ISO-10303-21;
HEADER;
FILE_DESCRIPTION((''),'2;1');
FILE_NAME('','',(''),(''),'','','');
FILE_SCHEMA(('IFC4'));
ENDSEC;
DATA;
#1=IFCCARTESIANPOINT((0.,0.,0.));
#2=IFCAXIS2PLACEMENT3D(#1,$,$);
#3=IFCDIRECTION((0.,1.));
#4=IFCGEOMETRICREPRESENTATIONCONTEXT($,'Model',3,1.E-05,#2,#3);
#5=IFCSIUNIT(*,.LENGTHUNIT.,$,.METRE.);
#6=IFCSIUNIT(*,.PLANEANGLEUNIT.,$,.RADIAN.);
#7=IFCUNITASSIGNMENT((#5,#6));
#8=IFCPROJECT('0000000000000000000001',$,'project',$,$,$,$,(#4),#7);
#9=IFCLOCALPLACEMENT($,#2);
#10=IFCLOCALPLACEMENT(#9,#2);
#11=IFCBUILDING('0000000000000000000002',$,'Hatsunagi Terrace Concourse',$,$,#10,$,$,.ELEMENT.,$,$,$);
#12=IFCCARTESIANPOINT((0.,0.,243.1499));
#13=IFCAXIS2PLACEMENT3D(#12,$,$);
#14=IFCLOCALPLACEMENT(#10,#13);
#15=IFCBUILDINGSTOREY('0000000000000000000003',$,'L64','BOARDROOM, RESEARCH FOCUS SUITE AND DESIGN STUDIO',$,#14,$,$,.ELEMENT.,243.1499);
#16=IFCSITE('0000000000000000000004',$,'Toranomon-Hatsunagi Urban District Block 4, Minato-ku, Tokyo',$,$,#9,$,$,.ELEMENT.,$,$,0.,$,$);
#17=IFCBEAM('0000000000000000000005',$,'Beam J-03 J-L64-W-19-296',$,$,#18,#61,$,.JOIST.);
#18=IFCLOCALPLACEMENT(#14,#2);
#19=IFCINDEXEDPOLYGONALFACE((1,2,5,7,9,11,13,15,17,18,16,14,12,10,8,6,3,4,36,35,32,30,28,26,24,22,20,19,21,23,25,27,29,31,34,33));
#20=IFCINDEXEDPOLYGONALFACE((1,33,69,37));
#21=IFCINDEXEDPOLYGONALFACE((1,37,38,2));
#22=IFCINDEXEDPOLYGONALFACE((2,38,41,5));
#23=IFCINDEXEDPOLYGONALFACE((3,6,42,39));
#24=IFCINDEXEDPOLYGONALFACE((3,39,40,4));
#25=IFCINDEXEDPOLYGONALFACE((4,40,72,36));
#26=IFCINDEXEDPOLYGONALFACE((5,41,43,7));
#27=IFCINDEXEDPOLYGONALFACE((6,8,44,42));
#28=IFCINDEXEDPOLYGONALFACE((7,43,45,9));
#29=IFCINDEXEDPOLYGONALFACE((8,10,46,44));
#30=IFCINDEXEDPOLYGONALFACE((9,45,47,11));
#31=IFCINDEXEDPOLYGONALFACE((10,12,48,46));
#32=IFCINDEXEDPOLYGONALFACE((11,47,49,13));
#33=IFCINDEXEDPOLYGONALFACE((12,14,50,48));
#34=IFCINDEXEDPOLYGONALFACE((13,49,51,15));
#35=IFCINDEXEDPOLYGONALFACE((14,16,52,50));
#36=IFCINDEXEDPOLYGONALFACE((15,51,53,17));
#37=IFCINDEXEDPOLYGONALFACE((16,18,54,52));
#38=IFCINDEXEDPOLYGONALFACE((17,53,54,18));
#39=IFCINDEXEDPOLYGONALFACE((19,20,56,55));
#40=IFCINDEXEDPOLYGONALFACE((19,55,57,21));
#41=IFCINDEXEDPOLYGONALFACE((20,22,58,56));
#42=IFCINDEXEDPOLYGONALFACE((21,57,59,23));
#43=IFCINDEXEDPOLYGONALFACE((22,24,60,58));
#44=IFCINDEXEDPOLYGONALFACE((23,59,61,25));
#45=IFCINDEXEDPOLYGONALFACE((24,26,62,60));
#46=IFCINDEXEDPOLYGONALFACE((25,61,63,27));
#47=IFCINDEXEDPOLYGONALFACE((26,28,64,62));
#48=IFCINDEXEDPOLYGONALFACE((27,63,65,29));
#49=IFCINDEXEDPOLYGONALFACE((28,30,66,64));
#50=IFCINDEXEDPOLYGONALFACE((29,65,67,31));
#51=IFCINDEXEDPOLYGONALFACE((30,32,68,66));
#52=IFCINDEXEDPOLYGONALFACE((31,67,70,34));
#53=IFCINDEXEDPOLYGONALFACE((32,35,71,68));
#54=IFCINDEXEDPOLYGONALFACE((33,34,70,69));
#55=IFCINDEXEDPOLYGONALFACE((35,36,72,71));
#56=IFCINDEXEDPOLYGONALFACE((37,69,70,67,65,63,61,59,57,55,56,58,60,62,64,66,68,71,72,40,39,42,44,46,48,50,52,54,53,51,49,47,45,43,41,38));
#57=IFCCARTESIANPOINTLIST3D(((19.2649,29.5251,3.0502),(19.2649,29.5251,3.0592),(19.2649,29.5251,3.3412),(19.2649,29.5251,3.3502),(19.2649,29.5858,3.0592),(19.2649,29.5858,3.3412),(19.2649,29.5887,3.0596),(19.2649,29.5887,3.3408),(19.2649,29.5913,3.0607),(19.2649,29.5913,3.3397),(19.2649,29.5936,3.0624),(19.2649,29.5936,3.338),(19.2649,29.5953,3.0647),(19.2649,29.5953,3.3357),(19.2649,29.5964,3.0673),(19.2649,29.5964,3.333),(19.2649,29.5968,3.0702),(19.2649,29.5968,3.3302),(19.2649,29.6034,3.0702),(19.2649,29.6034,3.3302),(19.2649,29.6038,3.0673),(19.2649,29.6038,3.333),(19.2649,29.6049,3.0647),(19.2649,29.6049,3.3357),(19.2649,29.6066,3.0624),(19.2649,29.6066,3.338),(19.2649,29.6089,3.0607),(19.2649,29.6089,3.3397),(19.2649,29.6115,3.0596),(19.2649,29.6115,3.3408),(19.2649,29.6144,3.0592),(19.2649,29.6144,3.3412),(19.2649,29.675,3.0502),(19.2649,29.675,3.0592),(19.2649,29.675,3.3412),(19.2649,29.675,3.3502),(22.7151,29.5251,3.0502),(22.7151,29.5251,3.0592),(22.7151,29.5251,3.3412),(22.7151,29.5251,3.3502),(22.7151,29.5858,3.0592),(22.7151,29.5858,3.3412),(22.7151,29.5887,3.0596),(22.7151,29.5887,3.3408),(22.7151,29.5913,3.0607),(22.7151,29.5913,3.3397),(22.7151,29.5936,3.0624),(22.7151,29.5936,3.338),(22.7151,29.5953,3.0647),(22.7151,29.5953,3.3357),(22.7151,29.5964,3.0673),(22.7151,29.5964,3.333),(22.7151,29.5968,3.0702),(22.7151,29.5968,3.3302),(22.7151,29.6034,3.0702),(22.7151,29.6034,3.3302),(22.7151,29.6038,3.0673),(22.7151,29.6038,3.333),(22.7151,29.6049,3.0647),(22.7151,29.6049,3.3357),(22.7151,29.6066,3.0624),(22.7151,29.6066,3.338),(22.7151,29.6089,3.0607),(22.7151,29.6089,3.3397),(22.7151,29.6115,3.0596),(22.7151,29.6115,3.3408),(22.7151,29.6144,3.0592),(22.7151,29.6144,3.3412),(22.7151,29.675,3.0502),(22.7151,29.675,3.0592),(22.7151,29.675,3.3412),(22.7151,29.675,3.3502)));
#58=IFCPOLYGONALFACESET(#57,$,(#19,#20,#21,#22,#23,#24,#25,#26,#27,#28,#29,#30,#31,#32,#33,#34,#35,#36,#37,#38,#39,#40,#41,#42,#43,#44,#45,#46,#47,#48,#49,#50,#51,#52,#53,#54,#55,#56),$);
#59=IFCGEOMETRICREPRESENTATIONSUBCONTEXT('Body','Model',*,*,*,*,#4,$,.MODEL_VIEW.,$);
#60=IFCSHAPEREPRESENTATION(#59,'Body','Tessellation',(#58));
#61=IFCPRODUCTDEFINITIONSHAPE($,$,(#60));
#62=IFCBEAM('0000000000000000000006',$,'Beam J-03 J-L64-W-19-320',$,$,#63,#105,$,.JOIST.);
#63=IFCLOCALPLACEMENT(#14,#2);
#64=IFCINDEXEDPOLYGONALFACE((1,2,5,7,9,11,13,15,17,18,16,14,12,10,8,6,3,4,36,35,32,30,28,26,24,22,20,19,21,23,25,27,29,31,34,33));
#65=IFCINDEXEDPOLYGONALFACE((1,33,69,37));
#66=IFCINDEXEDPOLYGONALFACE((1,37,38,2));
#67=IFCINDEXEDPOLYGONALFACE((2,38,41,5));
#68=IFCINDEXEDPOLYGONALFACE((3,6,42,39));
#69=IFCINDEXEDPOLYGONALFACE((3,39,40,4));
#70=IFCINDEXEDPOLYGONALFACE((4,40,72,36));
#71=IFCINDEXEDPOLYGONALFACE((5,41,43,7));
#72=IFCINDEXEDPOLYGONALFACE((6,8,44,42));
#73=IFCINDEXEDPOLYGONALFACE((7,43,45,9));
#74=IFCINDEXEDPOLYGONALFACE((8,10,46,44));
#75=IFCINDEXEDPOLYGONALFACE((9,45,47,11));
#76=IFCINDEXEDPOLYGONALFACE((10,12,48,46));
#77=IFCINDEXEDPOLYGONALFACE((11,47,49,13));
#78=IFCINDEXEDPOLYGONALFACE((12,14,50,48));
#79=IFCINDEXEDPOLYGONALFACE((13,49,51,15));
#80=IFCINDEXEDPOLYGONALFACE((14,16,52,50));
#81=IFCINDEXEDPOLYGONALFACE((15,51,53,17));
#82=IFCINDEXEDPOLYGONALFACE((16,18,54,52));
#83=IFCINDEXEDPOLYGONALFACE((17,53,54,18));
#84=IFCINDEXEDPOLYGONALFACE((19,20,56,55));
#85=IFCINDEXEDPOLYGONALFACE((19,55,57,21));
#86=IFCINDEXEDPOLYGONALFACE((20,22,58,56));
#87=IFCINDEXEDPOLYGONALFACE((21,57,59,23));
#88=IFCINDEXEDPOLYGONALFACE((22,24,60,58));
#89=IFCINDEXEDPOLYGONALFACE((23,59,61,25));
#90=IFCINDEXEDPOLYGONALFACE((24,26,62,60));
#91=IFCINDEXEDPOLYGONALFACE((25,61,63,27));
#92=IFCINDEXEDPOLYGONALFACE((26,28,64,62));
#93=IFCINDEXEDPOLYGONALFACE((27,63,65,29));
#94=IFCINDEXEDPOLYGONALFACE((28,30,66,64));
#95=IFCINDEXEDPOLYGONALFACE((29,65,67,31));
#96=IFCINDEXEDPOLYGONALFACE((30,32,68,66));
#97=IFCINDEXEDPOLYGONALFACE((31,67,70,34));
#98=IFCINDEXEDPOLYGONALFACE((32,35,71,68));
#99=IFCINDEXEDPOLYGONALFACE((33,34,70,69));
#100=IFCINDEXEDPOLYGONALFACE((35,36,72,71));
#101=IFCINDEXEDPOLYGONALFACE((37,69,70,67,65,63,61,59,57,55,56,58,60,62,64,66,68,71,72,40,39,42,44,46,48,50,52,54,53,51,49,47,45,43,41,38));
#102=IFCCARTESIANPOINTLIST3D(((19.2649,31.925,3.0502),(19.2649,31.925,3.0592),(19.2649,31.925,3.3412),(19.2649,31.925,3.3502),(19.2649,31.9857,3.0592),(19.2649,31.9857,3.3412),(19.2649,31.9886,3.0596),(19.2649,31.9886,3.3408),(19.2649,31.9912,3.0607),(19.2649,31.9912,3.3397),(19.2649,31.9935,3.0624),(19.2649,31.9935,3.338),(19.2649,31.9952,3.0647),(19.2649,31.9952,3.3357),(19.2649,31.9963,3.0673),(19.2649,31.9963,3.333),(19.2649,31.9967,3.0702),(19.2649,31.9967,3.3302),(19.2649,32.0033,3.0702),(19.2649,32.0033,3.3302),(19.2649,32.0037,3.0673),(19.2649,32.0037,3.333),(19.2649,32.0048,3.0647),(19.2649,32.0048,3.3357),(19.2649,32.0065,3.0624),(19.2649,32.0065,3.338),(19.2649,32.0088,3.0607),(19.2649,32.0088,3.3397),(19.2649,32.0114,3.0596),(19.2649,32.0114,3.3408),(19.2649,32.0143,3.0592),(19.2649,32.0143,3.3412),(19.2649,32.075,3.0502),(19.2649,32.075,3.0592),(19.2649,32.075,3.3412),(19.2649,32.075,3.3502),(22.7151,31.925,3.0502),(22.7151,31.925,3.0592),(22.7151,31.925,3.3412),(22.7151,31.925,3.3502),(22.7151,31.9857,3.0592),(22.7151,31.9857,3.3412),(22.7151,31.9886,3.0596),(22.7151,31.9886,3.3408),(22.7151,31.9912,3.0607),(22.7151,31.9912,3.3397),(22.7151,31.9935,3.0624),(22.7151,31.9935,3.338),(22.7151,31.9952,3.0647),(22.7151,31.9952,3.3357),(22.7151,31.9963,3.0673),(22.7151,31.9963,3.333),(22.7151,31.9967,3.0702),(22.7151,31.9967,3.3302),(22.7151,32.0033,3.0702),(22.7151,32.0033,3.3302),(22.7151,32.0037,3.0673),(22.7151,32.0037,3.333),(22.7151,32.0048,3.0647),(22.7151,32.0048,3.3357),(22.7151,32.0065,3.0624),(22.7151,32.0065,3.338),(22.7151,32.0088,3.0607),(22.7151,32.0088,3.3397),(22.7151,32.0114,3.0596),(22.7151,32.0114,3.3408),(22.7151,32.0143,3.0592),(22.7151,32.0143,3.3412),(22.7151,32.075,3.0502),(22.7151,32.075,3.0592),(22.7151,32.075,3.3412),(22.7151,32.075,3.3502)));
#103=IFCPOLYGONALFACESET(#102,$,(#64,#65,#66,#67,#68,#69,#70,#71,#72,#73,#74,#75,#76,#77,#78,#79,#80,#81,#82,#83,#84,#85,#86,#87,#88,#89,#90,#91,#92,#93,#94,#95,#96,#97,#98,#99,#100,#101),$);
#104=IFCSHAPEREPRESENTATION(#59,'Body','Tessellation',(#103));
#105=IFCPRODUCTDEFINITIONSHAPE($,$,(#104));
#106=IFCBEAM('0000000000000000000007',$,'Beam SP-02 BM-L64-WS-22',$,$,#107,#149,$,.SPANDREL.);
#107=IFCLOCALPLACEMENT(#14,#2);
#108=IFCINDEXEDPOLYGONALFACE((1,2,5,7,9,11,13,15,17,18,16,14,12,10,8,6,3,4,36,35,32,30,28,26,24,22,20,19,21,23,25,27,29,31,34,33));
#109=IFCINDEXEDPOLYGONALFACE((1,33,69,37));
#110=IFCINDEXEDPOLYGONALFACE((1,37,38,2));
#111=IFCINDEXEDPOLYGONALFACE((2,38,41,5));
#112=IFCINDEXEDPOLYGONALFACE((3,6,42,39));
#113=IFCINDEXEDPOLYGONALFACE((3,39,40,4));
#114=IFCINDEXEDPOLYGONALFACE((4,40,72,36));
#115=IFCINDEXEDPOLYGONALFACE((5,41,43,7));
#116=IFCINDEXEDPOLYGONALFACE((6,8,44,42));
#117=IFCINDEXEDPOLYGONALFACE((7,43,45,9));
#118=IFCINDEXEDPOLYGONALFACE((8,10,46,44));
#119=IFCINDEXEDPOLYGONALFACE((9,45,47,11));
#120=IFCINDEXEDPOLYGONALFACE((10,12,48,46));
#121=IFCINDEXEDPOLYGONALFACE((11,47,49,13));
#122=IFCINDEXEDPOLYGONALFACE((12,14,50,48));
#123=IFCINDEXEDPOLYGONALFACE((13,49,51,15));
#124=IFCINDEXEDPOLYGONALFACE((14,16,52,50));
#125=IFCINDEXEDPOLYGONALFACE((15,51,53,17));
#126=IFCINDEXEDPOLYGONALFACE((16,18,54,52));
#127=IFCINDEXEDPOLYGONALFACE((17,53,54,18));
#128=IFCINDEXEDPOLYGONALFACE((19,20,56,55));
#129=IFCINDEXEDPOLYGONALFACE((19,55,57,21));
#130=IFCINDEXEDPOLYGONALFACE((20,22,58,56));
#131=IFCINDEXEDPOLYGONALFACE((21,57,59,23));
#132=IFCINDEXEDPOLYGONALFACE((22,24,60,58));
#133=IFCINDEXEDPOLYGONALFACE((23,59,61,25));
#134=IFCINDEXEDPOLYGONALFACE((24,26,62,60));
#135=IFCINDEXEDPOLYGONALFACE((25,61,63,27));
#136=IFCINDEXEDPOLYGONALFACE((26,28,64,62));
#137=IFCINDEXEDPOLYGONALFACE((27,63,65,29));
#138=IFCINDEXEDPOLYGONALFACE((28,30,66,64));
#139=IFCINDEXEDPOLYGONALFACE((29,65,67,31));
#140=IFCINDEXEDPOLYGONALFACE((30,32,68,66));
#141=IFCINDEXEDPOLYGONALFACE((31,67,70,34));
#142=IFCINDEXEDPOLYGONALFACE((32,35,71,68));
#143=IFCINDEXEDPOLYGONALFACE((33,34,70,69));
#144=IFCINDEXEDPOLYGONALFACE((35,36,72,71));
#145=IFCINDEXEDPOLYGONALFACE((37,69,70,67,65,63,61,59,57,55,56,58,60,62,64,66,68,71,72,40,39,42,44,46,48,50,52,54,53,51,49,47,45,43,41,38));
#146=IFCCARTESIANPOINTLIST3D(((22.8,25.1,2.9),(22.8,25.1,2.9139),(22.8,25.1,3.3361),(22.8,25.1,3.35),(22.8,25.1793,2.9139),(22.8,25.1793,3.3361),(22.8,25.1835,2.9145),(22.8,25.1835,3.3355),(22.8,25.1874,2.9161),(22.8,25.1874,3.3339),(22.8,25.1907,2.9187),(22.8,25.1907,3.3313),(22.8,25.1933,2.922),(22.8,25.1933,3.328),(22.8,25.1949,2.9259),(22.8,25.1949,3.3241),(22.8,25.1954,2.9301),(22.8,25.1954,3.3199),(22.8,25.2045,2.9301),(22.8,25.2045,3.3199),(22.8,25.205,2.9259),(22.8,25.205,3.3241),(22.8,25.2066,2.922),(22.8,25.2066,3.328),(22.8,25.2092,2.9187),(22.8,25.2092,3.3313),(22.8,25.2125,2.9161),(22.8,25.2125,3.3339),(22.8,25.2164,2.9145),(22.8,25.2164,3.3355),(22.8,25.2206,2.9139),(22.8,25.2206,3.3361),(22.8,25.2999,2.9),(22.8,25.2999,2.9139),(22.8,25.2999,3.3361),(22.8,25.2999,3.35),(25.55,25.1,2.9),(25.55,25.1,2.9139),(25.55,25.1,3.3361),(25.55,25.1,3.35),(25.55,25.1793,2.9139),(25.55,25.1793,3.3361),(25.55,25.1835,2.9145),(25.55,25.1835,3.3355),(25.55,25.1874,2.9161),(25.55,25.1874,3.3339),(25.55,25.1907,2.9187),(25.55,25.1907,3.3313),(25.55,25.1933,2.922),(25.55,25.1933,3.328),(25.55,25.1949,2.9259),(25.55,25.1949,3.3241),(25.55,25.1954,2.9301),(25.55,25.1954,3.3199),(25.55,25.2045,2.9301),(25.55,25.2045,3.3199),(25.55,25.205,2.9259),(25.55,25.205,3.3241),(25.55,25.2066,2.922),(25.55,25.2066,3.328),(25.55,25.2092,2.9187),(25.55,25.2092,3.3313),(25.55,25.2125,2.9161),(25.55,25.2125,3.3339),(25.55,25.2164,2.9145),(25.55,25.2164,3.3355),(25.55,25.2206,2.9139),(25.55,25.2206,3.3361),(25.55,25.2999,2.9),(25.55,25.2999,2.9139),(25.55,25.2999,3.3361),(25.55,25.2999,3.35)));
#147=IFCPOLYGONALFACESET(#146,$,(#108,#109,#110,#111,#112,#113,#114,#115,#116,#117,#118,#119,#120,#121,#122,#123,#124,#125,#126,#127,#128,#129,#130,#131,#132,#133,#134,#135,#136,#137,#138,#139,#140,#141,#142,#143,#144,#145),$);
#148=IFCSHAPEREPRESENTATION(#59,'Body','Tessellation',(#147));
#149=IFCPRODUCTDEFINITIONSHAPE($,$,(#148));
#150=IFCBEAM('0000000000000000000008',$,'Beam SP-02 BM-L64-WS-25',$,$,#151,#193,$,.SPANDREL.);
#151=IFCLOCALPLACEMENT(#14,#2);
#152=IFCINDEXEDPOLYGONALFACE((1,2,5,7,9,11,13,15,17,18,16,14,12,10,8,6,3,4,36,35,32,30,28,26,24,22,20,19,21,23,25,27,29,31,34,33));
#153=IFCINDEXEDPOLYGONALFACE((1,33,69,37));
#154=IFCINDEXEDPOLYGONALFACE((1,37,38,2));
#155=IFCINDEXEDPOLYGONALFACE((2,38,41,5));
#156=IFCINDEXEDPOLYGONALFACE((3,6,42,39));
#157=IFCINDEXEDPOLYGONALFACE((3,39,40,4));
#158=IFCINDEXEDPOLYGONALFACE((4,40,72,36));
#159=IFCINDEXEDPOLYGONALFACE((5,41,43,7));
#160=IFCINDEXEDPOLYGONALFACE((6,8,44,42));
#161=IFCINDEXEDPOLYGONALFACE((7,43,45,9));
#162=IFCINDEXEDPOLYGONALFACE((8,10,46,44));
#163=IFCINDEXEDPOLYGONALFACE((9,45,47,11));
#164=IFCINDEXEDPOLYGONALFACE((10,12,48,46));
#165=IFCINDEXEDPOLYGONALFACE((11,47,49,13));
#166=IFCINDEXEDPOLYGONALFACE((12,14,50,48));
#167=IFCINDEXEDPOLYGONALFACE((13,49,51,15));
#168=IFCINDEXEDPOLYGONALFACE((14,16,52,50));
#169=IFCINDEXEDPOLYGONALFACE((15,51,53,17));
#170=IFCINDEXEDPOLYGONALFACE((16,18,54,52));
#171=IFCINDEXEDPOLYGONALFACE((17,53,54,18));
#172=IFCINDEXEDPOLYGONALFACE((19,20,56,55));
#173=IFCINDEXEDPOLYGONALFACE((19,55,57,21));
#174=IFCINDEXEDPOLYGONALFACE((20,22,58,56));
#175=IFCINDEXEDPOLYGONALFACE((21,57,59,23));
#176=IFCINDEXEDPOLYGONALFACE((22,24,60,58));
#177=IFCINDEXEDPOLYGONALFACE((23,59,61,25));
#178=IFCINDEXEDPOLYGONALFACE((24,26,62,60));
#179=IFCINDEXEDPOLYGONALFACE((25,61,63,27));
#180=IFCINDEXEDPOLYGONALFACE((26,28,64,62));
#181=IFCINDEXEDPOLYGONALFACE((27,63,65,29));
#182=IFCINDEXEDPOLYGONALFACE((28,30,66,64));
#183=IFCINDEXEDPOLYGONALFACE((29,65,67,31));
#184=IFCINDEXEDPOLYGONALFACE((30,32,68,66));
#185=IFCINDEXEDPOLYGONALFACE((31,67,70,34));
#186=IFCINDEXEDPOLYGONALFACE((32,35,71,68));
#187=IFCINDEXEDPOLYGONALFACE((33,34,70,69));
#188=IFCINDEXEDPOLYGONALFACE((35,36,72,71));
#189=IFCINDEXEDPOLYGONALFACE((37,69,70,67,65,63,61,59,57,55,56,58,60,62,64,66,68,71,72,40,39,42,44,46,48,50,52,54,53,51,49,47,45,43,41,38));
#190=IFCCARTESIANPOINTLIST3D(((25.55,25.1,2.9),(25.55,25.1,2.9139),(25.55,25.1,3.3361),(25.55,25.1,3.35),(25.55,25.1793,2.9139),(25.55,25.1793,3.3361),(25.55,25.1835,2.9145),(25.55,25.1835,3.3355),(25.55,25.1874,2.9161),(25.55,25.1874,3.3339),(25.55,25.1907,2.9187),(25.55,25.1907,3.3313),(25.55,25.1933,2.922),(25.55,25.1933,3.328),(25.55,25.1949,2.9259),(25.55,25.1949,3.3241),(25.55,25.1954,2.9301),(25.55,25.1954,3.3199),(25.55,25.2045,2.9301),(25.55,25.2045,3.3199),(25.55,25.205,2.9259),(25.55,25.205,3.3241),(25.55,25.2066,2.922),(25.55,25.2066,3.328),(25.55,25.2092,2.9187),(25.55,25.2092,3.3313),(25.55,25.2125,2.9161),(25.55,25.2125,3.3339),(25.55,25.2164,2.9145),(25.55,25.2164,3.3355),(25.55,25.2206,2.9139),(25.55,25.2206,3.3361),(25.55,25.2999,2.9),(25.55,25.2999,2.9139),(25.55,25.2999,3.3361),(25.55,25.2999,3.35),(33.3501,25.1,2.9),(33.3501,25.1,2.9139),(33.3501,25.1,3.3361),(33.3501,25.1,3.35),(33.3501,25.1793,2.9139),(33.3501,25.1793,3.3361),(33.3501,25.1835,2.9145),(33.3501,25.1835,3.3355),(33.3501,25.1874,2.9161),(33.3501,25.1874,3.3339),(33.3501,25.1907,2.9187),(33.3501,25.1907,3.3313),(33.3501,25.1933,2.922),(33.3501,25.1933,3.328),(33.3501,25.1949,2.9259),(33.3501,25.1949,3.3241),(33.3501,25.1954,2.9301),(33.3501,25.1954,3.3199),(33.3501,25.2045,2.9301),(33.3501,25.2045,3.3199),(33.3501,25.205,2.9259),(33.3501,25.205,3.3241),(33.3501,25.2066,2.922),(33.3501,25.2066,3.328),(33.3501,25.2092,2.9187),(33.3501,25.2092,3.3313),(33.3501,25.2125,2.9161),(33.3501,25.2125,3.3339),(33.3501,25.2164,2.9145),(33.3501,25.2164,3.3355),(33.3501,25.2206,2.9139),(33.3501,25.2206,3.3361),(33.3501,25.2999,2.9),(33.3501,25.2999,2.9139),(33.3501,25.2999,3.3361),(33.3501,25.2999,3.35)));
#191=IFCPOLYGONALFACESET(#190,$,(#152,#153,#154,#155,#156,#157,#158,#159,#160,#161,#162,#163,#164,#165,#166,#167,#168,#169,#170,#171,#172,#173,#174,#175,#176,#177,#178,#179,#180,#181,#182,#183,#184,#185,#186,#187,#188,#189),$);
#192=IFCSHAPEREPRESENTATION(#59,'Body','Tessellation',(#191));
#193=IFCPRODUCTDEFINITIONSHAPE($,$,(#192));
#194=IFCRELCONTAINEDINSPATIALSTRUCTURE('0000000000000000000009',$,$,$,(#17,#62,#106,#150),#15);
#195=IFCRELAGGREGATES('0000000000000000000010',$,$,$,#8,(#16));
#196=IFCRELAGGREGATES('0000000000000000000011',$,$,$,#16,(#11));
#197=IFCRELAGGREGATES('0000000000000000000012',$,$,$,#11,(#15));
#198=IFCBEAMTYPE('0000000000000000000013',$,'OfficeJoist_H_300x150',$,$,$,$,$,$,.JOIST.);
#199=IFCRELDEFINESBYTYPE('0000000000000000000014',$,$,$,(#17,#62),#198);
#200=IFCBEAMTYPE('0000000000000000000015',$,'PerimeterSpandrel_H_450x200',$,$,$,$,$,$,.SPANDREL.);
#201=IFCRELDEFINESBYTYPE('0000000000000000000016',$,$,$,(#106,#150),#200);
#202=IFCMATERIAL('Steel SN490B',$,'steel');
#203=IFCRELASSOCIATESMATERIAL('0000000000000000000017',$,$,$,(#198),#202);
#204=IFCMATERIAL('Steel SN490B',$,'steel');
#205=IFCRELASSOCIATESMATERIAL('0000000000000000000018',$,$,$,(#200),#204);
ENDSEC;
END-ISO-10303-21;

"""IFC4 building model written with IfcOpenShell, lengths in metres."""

from ifc_helpers import new_model, si_unit, direction, frame, origin, origin_2d, place, context, subcontext, project, spatial, i_section, extrude, material, material_profile, profile_set, type_object, element, save


model = new_model("IFC4")

# Units and contexts
model_context = context("Model", 3, precision=1e-05, world=origin(), true_north=direction((0.0, 1.0)))
body_context = subcontext(model_context, "Body", "Model", "MODEL_VIEW")
ifc_project = project(units=[si_unit("LENGTHUNIT", "METRE"), si_unit("PLANEANGLEUNIT", "RADIAN")], contexts=[model_context])

# Site, building, storey
site_placement = place(None, origin())
site = spatial("IfcSite", under=ifc_project, at=site_placement, Name="Toranomon-Hatsunagi Urban District Block 4, Minato-ku, Tokyo", CompositionType="ELEMENT", RefElevation=0.0)
building_placement = place(site_placement, origin())
building = spatial("IfcBuilding", under=site, at=building_placement, Name="Hatsunagi Terrace Concourse", CompositionType="ELEMENT")
storey_placement = place(building_placement, frame((0.0, 0.0, 243.1499)))
storey = spatial("IfcBuildingStorey", under=building, at=storey_placement, Name="L64", Description="BOARDROOM, RESEARCH FOCUS SUITE AND DESIGN STUDIO", CompositionType="ELEMENT", Elevation=243.1499)

# Beams
ifc_material_1 = material(Name="Steel SN490B", Category="steel")
ifc_material_profile_1 = material_profile(ifc_material_1, i_section(OverallWidth=0.1499, OverallDepth=0.3, WebThickness=0.0066, FlangeThickness=0.009, FilletRadius=0.011, at=origin_2d()), Name="H-300x150x6.5x9")
ifc_profile_set_1 = profile_set([ifc_material_profile_1], Name="Steel SN490B")
beam_type_1 = type_object("IfcBeamType", Name="OfficeJoist_H_300x150", PredefinedType="JOIST", material=ifc_profile_set_1)
for number, where, z_axis, x_axis, name in (
    (1, (19.2649, 29.6001, 3.2002), (1.0, 0.0, 0.0), (0.0, 1.0, 0.0), "Beam J-03 J-L64-W-19-296"),
    (2, (19.2649, 32.0, 3.2002), (1.0, 0.0, 0.0), (0.0, 1.0, 0.0), "Beam J-03 J-L64-W-19-320"),
):
    element("IfcBeam", number, at=place(storey_placement, frame(where, z_axis=z_axis, x_axis=x_axis)), inside=storey, type_object=beam_type_1, Name=name, PredefinedType="JOIST", context=body_context, shape_type="SweptSolid", body=[
        extrude(i_section(OverallWidth=0.1499, OverallDepth=0.3, WebThickness=0.0066, FlangeThickness=0.009, FilletRadius=0.011, at=origin_2d()), origin(), (0.0, 0.0, 1.0), 3.4502),
    ])
ifc_material_2 = material(Name="Steel SN490B", Category="steel")
ifc_material_profile_2 = material_profile(ifc_material_2, i_section(OverallWidth=0.2, OverallDepth=0.45, WebThickness=0.009, FlangeThickness=0.0139, FilletRadius=0.0161, at=origin_2d()), Name="H-450x200x9x14")
ifc_profile_set_2 = profile_set([ifc_material_profile_2], Name="Steel SN490B")
beam_type_2 = type_object("IfcBeamType", Name="PerimeterSpandrel_H_450x200", PredefinedType="SPANDREL", material=ifc_profile_set_2)
beam_1_placement = place(storey_placement, frame((22.8, 25.2, 3.125), z_axis=(1.0, 0.0, 0.0), x_axis=(0.0, 1.0, 0.0)))
element("IfcBeam", 3, at=beam_1_placement, inside=storey, type_object=beam_type_2, Name="Beam SP-02 BM-L64-WS-22", PredefinedType="SPANDREL", context=body_context, shape_type="SweptSolid", body=[
    extrude(i_section(OverallWidth=0.2, OverallDepth=0.45, WebThickness=0.009, FlangeThickness=0.0139, FilletRadius=0.0161, at=origin_2d()), origin(), (0.0, 0.0, 1.0), 2.75),
])
beam_2_placement = place(storey_placement, frame((25.55, 25.2, 3.125), z_axis=(1.0, 0.0, 0.0), x_axis=(0.0, 1.0, 0.0)))
element("IfcBeam", 4, at=beam_2_placement, inside=storey, type_object=beam_type_2, Name="Beam SP-02 BM-L64-WS-25", PredefinedType="SPANDREL", context=body_context, shape_type="SweptSolid", body=[
    extrude(i_section(OverallWidth=0.2, OverallDepth=0.45, WebThickness=0.009, FlangeThickness=0.0139, FilletRadius=0.0161, at=origin_2d()), origin(), (0.0, 0.0, 1.0), 7.8),
])

save(model, "model.ifc")
